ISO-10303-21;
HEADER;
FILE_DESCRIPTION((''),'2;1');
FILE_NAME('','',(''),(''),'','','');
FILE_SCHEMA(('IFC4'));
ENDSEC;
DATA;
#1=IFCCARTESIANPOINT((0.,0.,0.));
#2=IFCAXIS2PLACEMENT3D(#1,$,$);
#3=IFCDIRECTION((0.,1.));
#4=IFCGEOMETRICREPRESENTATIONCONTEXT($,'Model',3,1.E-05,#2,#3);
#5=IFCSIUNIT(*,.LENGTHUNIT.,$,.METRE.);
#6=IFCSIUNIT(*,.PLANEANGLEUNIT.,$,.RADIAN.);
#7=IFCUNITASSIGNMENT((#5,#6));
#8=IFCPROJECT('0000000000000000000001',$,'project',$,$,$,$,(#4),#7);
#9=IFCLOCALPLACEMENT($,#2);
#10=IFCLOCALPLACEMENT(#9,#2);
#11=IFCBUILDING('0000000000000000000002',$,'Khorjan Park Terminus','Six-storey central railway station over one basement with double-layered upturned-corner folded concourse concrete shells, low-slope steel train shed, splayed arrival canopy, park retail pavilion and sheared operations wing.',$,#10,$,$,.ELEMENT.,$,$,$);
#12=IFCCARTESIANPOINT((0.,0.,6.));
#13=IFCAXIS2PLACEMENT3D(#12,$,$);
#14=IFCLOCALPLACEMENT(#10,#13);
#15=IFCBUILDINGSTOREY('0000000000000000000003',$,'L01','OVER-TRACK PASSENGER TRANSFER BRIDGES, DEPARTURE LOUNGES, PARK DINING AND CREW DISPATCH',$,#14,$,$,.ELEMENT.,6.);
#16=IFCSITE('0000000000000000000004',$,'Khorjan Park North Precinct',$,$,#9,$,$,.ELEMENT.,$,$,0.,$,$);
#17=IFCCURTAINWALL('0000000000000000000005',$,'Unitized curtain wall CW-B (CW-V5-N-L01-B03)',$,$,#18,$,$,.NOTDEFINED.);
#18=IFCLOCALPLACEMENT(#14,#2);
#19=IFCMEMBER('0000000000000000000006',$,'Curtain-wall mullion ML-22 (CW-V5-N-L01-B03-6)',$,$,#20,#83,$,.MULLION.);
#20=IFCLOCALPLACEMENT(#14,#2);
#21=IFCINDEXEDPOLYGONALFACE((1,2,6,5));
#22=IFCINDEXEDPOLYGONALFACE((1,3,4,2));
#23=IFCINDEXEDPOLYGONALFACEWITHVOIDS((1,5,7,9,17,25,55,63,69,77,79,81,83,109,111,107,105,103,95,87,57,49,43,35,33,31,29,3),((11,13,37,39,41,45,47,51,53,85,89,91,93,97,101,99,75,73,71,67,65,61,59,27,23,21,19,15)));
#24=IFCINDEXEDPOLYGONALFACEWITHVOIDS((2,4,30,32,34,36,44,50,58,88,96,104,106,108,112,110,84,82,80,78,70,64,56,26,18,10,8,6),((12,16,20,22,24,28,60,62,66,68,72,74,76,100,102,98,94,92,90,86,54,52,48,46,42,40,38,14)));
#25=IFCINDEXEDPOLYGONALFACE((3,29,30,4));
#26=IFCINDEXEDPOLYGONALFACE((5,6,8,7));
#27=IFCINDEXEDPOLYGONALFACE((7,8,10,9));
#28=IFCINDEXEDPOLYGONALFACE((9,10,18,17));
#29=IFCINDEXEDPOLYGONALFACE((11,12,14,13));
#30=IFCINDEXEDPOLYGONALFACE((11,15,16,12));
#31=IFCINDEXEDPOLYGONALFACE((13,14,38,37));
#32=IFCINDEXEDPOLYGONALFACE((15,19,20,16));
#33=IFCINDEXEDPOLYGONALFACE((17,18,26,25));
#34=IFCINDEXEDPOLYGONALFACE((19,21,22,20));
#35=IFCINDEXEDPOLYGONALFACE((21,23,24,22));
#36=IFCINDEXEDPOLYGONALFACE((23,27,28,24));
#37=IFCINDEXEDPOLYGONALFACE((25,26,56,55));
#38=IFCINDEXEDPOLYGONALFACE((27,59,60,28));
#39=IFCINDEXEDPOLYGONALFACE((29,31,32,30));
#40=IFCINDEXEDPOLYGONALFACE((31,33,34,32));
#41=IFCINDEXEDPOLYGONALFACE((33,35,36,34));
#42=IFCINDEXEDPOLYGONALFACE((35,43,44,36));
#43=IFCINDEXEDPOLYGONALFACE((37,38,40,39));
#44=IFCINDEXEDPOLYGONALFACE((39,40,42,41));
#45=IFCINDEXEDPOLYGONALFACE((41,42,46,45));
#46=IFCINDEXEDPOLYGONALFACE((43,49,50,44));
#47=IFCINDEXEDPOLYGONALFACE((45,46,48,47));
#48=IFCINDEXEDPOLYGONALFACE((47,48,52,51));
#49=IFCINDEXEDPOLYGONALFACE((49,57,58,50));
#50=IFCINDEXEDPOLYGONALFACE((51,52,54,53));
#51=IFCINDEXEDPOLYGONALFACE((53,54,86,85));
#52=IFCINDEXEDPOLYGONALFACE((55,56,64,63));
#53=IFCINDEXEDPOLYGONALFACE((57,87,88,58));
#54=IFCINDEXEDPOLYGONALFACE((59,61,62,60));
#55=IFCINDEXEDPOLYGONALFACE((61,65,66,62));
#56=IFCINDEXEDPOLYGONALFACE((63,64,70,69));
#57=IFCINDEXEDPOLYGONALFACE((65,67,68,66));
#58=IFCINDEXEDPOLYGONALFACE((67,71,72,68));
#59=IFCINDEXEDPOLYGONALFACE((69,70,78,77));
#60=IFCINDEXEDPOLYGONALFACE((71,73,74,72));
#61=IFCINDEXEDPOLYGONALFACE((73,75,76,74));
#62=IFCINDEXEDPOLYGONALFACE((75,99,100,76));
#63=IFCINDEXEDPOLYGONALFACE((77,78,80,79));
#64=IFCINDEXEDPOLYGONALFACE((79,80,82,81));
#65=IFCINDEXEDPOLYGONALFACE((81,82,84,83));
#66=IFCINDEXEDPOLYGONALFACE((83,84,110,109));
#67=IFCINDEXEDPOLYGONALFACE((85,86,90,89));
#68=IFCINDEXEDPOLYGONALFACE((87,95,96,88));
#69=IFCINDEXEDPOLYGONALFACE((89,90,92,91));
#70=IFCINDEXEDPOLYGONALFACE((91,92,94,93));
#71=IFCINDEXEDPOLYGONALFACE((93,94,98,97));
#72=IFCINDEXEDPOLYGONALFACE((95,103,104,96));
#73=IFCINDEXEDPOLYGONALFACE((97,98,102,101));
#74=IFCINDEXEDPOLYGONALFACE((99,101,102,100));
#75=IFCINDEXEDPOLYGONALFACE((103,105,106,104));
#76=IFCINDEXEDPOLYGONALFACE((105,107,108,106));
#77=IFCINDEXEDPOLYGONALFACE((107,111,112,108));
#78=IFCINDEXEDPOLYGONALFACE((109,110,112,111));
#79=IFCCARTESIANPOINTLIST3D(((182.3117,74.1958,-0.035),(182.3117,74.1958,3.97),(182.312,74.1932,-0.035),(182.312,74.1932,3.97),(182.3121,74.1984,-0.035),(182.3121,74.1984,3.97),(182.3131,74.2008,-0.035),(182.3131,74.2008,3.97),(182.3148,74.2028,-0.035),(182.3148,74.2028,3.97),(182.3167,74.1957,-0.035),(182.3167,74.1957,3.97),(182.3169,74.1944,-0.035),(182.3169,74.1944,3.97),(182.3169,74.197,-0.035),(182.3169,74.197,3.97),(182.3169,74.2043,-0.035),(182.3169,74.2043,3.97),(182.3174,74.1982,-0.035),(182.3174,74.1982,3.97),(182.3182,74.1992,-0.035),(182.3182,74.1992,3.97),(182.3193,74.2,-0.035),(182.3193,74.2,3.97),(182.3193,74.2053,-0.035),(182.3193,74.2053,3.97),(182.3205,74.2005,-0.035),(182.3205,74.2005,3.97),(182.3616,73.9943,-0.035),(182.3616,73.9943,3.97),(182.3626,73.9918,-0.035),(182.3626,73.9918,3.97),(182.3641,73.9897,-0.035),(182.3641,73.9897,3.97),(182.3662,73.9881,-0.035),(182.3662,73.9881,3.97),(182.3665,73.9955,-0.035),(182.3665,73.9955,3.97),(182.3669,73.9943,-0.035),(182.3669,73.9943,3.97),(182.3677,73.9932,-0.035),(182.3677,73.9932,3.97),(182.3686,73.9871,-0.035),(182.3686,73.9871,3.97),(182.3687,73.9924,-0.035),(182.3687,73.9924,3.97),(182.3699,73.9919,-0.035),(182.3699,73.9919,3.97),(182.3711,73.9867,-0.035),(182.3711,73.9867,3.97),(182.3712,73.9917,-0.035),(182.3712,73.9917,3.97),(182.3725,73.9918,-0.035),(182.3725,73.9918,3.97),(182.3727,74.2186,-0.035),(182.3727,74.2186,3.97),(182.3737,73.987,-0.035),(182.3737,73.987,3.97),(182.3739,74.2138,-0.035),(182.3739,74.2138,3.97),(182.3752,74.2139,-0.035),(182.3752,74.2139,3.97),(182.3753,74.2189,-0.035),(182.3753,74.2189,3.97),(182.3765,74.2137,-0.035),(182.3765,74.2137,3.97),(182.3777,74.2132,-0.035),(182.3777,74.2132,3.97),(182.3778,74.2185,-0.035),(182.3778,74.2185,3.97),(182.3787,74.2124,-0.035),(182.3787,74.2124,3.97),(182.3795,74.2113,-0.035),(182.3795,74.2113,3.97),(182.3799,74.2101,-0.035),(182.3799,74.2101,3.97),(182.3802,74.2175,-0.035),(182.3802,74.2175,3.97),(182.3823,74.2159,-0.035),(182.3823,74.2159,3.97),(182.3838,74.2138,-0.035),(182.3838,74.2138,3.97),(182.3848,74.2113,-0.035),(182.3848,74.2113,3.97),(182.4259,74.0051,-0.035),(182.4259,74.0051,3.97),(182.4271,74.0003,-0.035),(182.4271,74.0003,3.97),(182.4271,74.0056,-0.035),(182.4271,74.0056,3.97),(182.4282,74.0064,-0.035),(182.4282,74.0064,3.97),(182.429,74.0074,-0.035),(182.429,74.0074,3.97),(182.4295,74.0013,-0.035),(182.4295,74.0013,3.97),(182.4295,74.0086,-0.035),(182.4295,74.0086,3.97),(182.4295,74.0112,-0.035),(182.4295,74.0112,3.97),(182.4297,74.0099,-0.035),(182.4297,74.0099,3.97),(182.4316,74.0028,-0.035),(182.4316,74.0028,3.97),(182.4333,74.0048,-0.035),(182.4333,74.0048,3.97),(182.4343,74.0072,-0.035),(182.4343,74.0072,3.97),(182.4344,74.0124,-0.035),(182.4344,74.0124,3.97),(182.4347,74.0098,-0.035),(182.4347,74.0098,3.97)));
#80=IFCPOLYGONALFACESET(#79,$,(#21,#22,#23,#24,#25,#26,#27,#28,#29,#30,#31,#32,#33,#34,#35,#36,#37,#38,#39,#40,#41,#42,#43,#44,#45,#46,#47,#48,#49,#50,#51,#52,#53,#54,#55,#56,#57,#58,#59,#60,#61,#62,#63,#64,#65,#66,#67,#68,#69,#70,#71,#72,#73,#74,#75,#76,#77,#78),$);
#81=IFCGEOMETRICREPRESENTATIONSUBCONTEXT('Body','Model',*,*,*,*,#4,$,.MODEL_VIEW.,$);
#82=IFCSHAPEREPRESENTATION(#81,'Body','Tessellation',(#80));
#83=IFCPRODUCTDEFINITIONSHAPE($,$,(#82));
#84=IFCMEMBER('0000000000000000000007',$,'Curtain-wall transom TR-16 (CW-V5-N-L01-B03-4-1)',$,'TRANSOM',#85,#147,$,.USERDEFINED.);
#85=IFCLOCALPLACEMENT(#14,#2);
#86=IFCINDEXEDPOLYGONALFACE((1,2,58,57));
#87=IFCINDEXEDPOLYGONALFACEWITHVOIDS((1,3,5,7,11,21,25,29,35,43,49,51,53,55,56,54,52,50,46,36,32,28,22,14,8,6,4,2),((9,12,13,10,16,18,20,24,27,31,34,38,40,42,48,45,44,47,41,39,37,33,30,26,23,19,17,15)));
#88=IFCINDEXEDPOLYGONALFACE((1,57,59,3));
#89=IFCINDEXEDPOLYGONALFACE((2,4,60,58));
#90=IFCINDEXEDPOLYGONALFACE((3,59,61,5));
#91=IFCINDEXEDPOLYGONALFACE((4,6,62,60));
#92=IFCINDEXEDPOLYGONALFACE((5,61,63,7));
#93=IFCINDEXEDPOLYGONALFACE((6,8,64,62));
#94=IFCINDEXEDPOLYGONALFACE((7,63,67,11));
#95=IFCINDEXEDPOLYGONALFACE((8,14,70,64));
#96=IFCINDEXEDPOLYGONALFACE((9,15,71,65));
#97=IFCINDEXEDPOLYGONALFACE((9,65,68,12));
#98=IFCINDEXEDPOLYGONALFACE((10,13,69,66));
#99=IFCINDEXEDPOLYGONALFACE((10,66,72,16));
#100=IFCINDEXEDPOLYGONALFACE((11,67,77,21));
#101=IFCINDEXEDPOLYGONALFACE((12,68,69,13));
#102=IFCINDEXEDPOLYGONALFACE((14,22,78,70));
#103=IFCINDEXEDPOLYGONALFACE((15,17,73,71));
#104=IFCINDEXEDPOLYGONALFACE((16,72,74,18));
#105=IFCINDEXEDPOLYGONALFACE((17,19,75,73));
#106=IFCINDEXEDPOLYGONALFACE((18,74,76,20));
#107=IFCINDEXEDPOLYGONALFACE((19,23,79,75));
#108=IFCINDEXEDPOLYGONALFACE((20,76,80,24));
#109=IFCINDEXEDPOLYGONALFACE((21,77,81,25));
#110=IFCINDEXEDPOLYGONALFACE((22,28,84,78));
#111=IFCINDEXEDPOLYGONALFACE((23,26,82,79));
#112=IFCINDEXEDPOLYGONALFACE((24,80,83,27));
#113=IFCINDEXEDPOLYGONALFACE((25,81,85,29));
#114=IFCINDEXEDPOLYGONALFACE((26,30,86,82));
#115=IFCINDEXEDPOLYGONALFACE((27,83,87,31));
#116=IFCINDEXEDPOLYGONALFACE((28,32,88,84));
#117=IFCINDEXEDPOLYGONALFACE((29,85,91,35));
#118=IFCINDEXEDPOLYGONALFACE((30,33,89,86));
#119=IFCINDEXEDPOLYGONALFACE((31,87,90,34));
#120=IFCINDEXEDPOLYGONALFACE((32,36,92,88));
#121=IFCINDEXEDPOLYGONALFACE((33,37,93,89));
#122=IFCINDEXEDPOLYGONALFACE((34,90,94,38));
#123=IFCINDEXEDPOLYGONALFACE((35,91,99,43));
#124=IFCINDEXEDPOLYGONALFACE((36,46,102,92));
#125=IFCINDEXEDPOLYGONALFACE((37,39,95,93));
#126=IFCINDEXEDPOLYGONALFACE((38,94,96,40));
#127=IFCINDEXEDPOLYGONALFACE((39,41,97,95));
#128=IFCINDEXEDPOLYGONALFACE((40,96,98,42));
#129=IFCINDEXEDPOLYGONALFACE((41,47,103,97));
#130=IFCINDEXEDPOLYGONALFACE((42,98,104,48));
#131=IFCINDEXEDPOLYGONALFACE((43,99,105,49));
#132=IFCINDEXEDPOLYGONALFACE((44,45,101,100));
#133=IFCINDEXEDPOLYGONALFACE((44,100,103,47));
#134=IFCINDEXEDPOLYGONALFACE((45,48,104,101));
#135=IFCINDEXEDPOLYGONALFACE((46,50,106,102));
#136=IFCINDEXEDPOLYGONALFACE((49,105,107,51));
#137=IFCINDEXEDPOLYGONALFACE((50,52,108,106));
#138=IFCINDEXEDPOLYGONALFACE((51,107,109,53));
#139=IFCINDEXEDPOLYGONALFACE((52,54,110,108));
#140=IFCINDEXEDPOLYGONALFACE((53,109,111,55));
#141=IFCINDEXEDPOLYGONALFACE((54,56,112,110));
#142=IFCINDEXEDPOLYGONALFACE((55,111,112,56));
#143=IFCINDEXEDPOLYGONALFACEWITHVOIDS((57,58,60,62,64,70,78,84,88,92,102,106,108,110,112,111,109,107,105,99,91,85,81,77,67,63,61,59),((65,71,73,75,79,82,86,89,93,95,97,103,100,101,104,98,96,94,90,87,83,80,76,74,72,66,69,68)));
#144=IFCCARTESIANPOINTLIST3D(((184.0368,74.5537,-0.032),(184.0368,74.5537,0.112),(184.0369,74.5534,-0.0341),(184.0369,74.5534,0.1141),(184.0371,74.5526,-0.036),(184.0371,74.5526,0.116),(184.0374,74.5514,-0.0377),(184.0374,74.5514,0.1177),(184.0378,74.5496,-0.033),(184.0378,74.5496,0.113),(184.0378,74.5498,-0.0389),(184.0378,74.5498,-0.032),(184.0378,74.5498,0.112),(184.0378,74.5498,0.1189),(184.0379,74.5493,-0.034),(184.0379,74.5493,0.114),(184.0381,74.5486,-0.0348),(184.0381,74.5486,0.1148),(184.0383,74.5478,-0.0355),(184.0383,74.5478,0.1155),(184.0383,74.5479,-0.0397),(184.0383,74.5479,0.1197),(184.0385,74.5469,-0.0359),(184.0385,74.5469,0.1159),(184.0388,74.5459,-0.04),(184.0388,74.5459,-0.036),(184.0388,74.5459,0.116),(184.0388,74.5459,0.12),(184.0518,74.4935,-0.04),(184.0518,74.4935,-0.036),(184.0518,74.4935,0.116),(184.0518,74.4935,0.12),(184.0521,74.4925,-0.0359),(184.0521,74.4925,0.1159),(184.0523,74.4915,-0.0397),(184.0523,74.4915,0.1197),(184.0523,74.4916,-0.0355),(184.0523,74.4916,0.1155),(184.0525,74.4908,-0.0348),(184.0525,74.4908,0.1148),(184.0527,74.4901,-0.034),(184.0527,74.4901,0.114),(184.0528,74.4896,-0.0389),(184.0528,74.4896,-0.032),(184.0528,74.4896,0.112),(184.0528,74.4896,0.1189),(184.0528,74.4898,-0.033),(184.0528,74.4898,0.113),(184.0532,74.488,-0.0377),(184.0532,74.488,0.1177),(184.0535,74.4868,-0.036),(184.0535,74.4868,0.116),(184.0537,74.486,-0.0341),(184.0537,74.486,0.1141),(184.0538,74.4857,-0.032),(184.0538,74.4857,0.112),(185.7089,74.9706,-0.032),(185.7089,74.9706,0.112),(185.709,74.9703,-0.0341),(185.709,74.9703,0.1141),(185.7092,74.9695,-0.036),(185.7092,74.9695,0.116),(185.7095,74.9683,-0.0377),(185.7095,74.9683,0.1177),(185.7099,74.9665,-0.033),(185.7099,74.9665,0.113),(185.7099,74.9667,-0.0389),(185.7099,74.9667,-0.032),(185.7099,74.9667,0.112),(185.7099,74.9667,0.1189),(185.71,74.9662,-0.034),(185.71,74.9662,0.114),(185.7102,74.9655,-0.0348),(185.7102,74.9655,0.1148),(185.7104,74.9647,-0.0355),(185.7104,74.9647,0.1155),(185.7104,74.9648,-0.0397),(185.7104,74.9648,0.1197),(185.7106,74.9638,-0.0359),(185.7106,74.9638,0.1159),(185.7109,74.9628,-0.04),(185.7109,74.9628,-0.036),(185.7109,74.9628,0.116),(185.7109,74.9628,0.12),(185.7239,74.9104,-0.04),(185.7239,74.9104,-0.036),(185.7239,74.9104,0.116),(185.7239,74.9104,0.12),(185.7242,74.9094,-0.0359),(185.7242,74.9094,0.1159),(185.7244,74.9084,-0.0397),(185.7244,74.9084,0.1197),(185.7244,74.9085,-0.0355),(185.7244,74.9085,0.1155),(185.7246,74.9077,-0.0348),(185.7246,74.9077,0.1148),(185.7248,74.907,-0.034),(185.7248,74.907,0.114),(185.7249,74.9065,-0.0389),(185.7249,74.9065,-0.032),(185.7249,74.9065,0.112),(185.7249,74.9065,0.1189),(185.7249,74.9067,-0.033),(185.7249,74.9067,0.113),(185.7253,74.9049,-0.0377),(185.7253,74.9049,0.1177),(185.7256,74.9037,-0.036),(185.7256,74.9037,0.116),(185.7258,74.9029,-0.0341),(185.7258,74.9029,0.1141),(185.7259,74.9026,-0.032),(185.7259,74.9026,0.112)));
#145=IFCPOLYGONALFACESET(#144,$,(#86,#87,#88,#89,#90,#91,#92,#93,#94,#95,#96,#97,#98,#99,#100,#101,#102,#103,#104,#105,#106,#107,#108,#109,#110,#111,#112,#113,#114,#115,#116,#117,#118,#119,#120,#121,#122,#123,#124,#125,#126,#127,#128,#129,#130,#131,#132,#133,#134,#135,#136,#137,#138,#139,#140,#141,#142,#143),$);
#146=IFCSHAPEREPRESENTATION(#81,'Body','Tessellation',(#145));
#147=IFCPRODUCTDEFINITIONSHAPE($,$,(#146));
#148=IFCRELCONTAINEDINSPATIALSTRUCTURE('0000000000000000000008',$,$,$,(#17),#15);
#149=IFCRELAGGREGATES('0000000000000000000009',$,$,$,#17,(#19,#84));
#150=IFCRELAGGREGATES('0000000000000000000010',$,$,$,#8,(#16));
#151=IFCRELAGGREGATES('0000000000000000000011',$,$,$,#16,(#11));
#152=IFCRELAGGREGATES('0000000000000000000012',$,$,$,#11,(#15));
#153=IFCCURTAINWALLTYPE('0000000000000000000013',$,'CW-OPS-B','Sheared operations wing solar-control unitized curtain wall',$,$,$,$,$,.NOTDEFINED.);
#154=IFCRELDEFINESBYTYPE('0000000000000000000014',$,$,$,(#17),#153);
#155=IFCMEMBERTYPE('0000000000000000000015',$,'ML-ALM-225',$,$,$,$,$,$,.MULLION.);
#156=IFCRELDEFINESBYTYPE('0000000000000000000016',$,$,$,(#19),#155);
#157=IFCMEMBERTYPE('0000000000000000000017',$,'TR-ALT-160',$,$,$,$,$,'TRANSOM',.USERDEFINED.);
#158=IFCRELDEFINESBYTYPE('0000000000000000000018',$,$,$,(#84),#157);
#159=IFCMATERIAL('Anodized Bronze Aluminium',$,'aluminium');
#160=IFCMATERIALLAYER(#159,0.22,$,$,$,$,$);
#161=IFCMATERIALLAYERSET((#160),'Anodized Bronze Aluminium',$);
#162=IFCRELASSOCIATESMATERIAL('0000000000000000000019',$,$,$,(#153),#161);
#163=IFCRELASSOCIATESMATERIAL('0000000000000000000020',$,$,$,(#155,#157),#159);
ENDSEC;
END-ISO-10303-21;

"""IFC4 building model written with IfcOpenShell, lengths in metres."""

from ifc_helpers import new_model, si_unit, direction, frame, origin, origin_2d, place, context, subcontext, project, spatial, hollow_rectangle, extrude, material, layer, layer_set, material_profile, profile_set, type_object, element, aggregate, save


model = new_model("IFC4")

# Units and contexts
model_context = context("Model", 3, precision=1e-05, world=origin(), true_north=direction((0.0, 1.0)))
body_context = subcontext(model_context, "Body", "Model", "MODEL_VIEW")
ifc_project = project(units=[si_unit("LENGTHUNIT", "METRE"), si_unit("PLANEANGLEUNIT", "RADIAN")], contexts=[model_context])

# Site, building, storey
site_placement = place(None, origin())
site = spatial("IfcSite", under=ifc_project, at=site_placement, Name="Khorjan Park North Precinct", CompositionType="ELEMENT", RefElevation=0.0)
building_placement = place(site_placement, origin())
building = spatial("IfcBuilding", under=site, at=building_placement, Name="Khorjan Park Terminus", Description="Six-storey central railway station over one basement with double-layered upturned-corner folded concourse concrete shells, low-slope steel train shed, splayed arrival canopy, park retail pavilion and sheared operations wing.", CompositionType="ELEMENT")
storey_placement = place(building_placement, frame((0.0, 0.0, 6.0)))
storey = spatial("IfcBuildingStorey", under=building, at=storey_placement, Name="L01", Description="OVER-TRACK PASSENGER TRANSFER BRIDGES, DEPARTURE LOUNGES, PARK DINING AND CREW DISPATCH", CompositionType="ELEMENT", Elevation=6.0)

# Curtain wall, members
ifc_material_1 = material(Name="Anodized Bronze Aluminium", Category="aluminium")
ifc_layer_1 = layer(ifc_material_1, 0.22)
ifc_layer_set_1 = layer_set([ifc_layer_1], Name="Anodized Bronze Aluminium")
curtain_wall_type = type_object("IfcCurtainWallType", Name="CW-OPS-B", Description="Sheared operations wing solar-control unitized curtain wall", PredefinedType="NOTDEFINED", material=ifc_layer_set_1)
curtain_wall_placement = place(storey_placement, origin())
curtain_wall = element("IfcCurtainWall", 1, at=curtain_wall_placement, inside=storey, type_object=curtain_wall_type, Name="Unitized curtain wall CW-B (CW-V5-N-L01-B03)", PredefinedType="NOTDEFINED")
ifc_material_profile_1 = material_profile(ifc_material_1, hollow_rectangle(XDim=0.075, YDim=0.225, WallThickness=0.005, InnerFilletRadius=0.005, OuterFilletRadius=0.01, at=origin_2d()), Name="ALM 75x225x5")
ifc_profile_set_1 = profile_set([ifc_material_profile_1], Name="Anodized Bronze Aluminium")
member_type_1 = type_object("IfcMemberType", Name="ML-ALM-225", PredefinedType="MULLION", material=ifc_profile_set_1)
member_1_placement = place(storey_placement, frame((182.3732, 74.1028, -0.035), z_axis=(0.0, 0.0, 1.0), x_axis=(-0.970296, -0.241921, 0.0)))
member_1 = element("IfcMember", 2, at=member_1_placement, type_object=member_type_1, Name="Curtain-wall mullion ML-22 (CW-V5-N-L01-B03-6)", PredefinedType="MULLION", context=body_context, shape_type="SweptSolid", body=[
    extrude(hollow_rectangle(XDim=0.075, YDim=0.225, WallThickness=0.005, InnerFilletRadius=0.005, OuterFilletRadius=0.01, at=origin_2d()), origin(), (0.0, 0.0, 1.0), 4.005),
])
ifc_material_profile_2 = material_profile(ifc_material_1, hollow_rectangle(XDim=0.07, YDim=0.16, WallThickness=0.004, InnerFilletRadius=0.004, OuterFilletRadius=0.008, at=origin_2d()), Name="ALT 70x160x4")
ifc_profile_set_2 = profile_set([ifc_material_profile_2], Name="Anodized Bronze Aluminium")
member_type_2 = type_object("IfcMemberType", Name="TR-ALT-160", ElementType="TRANSOM", PredefinedType="USERDEFINED", material=ifc_profile_set_2)
member_2_placement = place(storey_placement, frame((185.7174, 74.9366, 0.04), z_axis=(-0.970296, -0.241921, 0.0), x_axis=(0.241921, -0.970296, 0.0)))
member_2 = element("IfcMember", 3, at=member_2_placement, type_object=member_type_2, Name="Curtain-wall transom TR-16 (CW-V5-N-L01-B03-4-1)", ObjectType="TRANSOM", PredefinedType="USERDEFINED", context=body_context, shape_type="SweptSolid", body=[
    extrude(hollow_rectangle(XDim=0.07, YDim=0.16, WallThickness=0.004, InnerFilletRadius=0.004, OuterFilletRadius=0.008, at=origin_2d()), origin(), (0.0, 0.0, 1.0), 1.7233),
])
aggregate(curtain_wall, [member_1, member_2])

save(model, "model.ifc")
